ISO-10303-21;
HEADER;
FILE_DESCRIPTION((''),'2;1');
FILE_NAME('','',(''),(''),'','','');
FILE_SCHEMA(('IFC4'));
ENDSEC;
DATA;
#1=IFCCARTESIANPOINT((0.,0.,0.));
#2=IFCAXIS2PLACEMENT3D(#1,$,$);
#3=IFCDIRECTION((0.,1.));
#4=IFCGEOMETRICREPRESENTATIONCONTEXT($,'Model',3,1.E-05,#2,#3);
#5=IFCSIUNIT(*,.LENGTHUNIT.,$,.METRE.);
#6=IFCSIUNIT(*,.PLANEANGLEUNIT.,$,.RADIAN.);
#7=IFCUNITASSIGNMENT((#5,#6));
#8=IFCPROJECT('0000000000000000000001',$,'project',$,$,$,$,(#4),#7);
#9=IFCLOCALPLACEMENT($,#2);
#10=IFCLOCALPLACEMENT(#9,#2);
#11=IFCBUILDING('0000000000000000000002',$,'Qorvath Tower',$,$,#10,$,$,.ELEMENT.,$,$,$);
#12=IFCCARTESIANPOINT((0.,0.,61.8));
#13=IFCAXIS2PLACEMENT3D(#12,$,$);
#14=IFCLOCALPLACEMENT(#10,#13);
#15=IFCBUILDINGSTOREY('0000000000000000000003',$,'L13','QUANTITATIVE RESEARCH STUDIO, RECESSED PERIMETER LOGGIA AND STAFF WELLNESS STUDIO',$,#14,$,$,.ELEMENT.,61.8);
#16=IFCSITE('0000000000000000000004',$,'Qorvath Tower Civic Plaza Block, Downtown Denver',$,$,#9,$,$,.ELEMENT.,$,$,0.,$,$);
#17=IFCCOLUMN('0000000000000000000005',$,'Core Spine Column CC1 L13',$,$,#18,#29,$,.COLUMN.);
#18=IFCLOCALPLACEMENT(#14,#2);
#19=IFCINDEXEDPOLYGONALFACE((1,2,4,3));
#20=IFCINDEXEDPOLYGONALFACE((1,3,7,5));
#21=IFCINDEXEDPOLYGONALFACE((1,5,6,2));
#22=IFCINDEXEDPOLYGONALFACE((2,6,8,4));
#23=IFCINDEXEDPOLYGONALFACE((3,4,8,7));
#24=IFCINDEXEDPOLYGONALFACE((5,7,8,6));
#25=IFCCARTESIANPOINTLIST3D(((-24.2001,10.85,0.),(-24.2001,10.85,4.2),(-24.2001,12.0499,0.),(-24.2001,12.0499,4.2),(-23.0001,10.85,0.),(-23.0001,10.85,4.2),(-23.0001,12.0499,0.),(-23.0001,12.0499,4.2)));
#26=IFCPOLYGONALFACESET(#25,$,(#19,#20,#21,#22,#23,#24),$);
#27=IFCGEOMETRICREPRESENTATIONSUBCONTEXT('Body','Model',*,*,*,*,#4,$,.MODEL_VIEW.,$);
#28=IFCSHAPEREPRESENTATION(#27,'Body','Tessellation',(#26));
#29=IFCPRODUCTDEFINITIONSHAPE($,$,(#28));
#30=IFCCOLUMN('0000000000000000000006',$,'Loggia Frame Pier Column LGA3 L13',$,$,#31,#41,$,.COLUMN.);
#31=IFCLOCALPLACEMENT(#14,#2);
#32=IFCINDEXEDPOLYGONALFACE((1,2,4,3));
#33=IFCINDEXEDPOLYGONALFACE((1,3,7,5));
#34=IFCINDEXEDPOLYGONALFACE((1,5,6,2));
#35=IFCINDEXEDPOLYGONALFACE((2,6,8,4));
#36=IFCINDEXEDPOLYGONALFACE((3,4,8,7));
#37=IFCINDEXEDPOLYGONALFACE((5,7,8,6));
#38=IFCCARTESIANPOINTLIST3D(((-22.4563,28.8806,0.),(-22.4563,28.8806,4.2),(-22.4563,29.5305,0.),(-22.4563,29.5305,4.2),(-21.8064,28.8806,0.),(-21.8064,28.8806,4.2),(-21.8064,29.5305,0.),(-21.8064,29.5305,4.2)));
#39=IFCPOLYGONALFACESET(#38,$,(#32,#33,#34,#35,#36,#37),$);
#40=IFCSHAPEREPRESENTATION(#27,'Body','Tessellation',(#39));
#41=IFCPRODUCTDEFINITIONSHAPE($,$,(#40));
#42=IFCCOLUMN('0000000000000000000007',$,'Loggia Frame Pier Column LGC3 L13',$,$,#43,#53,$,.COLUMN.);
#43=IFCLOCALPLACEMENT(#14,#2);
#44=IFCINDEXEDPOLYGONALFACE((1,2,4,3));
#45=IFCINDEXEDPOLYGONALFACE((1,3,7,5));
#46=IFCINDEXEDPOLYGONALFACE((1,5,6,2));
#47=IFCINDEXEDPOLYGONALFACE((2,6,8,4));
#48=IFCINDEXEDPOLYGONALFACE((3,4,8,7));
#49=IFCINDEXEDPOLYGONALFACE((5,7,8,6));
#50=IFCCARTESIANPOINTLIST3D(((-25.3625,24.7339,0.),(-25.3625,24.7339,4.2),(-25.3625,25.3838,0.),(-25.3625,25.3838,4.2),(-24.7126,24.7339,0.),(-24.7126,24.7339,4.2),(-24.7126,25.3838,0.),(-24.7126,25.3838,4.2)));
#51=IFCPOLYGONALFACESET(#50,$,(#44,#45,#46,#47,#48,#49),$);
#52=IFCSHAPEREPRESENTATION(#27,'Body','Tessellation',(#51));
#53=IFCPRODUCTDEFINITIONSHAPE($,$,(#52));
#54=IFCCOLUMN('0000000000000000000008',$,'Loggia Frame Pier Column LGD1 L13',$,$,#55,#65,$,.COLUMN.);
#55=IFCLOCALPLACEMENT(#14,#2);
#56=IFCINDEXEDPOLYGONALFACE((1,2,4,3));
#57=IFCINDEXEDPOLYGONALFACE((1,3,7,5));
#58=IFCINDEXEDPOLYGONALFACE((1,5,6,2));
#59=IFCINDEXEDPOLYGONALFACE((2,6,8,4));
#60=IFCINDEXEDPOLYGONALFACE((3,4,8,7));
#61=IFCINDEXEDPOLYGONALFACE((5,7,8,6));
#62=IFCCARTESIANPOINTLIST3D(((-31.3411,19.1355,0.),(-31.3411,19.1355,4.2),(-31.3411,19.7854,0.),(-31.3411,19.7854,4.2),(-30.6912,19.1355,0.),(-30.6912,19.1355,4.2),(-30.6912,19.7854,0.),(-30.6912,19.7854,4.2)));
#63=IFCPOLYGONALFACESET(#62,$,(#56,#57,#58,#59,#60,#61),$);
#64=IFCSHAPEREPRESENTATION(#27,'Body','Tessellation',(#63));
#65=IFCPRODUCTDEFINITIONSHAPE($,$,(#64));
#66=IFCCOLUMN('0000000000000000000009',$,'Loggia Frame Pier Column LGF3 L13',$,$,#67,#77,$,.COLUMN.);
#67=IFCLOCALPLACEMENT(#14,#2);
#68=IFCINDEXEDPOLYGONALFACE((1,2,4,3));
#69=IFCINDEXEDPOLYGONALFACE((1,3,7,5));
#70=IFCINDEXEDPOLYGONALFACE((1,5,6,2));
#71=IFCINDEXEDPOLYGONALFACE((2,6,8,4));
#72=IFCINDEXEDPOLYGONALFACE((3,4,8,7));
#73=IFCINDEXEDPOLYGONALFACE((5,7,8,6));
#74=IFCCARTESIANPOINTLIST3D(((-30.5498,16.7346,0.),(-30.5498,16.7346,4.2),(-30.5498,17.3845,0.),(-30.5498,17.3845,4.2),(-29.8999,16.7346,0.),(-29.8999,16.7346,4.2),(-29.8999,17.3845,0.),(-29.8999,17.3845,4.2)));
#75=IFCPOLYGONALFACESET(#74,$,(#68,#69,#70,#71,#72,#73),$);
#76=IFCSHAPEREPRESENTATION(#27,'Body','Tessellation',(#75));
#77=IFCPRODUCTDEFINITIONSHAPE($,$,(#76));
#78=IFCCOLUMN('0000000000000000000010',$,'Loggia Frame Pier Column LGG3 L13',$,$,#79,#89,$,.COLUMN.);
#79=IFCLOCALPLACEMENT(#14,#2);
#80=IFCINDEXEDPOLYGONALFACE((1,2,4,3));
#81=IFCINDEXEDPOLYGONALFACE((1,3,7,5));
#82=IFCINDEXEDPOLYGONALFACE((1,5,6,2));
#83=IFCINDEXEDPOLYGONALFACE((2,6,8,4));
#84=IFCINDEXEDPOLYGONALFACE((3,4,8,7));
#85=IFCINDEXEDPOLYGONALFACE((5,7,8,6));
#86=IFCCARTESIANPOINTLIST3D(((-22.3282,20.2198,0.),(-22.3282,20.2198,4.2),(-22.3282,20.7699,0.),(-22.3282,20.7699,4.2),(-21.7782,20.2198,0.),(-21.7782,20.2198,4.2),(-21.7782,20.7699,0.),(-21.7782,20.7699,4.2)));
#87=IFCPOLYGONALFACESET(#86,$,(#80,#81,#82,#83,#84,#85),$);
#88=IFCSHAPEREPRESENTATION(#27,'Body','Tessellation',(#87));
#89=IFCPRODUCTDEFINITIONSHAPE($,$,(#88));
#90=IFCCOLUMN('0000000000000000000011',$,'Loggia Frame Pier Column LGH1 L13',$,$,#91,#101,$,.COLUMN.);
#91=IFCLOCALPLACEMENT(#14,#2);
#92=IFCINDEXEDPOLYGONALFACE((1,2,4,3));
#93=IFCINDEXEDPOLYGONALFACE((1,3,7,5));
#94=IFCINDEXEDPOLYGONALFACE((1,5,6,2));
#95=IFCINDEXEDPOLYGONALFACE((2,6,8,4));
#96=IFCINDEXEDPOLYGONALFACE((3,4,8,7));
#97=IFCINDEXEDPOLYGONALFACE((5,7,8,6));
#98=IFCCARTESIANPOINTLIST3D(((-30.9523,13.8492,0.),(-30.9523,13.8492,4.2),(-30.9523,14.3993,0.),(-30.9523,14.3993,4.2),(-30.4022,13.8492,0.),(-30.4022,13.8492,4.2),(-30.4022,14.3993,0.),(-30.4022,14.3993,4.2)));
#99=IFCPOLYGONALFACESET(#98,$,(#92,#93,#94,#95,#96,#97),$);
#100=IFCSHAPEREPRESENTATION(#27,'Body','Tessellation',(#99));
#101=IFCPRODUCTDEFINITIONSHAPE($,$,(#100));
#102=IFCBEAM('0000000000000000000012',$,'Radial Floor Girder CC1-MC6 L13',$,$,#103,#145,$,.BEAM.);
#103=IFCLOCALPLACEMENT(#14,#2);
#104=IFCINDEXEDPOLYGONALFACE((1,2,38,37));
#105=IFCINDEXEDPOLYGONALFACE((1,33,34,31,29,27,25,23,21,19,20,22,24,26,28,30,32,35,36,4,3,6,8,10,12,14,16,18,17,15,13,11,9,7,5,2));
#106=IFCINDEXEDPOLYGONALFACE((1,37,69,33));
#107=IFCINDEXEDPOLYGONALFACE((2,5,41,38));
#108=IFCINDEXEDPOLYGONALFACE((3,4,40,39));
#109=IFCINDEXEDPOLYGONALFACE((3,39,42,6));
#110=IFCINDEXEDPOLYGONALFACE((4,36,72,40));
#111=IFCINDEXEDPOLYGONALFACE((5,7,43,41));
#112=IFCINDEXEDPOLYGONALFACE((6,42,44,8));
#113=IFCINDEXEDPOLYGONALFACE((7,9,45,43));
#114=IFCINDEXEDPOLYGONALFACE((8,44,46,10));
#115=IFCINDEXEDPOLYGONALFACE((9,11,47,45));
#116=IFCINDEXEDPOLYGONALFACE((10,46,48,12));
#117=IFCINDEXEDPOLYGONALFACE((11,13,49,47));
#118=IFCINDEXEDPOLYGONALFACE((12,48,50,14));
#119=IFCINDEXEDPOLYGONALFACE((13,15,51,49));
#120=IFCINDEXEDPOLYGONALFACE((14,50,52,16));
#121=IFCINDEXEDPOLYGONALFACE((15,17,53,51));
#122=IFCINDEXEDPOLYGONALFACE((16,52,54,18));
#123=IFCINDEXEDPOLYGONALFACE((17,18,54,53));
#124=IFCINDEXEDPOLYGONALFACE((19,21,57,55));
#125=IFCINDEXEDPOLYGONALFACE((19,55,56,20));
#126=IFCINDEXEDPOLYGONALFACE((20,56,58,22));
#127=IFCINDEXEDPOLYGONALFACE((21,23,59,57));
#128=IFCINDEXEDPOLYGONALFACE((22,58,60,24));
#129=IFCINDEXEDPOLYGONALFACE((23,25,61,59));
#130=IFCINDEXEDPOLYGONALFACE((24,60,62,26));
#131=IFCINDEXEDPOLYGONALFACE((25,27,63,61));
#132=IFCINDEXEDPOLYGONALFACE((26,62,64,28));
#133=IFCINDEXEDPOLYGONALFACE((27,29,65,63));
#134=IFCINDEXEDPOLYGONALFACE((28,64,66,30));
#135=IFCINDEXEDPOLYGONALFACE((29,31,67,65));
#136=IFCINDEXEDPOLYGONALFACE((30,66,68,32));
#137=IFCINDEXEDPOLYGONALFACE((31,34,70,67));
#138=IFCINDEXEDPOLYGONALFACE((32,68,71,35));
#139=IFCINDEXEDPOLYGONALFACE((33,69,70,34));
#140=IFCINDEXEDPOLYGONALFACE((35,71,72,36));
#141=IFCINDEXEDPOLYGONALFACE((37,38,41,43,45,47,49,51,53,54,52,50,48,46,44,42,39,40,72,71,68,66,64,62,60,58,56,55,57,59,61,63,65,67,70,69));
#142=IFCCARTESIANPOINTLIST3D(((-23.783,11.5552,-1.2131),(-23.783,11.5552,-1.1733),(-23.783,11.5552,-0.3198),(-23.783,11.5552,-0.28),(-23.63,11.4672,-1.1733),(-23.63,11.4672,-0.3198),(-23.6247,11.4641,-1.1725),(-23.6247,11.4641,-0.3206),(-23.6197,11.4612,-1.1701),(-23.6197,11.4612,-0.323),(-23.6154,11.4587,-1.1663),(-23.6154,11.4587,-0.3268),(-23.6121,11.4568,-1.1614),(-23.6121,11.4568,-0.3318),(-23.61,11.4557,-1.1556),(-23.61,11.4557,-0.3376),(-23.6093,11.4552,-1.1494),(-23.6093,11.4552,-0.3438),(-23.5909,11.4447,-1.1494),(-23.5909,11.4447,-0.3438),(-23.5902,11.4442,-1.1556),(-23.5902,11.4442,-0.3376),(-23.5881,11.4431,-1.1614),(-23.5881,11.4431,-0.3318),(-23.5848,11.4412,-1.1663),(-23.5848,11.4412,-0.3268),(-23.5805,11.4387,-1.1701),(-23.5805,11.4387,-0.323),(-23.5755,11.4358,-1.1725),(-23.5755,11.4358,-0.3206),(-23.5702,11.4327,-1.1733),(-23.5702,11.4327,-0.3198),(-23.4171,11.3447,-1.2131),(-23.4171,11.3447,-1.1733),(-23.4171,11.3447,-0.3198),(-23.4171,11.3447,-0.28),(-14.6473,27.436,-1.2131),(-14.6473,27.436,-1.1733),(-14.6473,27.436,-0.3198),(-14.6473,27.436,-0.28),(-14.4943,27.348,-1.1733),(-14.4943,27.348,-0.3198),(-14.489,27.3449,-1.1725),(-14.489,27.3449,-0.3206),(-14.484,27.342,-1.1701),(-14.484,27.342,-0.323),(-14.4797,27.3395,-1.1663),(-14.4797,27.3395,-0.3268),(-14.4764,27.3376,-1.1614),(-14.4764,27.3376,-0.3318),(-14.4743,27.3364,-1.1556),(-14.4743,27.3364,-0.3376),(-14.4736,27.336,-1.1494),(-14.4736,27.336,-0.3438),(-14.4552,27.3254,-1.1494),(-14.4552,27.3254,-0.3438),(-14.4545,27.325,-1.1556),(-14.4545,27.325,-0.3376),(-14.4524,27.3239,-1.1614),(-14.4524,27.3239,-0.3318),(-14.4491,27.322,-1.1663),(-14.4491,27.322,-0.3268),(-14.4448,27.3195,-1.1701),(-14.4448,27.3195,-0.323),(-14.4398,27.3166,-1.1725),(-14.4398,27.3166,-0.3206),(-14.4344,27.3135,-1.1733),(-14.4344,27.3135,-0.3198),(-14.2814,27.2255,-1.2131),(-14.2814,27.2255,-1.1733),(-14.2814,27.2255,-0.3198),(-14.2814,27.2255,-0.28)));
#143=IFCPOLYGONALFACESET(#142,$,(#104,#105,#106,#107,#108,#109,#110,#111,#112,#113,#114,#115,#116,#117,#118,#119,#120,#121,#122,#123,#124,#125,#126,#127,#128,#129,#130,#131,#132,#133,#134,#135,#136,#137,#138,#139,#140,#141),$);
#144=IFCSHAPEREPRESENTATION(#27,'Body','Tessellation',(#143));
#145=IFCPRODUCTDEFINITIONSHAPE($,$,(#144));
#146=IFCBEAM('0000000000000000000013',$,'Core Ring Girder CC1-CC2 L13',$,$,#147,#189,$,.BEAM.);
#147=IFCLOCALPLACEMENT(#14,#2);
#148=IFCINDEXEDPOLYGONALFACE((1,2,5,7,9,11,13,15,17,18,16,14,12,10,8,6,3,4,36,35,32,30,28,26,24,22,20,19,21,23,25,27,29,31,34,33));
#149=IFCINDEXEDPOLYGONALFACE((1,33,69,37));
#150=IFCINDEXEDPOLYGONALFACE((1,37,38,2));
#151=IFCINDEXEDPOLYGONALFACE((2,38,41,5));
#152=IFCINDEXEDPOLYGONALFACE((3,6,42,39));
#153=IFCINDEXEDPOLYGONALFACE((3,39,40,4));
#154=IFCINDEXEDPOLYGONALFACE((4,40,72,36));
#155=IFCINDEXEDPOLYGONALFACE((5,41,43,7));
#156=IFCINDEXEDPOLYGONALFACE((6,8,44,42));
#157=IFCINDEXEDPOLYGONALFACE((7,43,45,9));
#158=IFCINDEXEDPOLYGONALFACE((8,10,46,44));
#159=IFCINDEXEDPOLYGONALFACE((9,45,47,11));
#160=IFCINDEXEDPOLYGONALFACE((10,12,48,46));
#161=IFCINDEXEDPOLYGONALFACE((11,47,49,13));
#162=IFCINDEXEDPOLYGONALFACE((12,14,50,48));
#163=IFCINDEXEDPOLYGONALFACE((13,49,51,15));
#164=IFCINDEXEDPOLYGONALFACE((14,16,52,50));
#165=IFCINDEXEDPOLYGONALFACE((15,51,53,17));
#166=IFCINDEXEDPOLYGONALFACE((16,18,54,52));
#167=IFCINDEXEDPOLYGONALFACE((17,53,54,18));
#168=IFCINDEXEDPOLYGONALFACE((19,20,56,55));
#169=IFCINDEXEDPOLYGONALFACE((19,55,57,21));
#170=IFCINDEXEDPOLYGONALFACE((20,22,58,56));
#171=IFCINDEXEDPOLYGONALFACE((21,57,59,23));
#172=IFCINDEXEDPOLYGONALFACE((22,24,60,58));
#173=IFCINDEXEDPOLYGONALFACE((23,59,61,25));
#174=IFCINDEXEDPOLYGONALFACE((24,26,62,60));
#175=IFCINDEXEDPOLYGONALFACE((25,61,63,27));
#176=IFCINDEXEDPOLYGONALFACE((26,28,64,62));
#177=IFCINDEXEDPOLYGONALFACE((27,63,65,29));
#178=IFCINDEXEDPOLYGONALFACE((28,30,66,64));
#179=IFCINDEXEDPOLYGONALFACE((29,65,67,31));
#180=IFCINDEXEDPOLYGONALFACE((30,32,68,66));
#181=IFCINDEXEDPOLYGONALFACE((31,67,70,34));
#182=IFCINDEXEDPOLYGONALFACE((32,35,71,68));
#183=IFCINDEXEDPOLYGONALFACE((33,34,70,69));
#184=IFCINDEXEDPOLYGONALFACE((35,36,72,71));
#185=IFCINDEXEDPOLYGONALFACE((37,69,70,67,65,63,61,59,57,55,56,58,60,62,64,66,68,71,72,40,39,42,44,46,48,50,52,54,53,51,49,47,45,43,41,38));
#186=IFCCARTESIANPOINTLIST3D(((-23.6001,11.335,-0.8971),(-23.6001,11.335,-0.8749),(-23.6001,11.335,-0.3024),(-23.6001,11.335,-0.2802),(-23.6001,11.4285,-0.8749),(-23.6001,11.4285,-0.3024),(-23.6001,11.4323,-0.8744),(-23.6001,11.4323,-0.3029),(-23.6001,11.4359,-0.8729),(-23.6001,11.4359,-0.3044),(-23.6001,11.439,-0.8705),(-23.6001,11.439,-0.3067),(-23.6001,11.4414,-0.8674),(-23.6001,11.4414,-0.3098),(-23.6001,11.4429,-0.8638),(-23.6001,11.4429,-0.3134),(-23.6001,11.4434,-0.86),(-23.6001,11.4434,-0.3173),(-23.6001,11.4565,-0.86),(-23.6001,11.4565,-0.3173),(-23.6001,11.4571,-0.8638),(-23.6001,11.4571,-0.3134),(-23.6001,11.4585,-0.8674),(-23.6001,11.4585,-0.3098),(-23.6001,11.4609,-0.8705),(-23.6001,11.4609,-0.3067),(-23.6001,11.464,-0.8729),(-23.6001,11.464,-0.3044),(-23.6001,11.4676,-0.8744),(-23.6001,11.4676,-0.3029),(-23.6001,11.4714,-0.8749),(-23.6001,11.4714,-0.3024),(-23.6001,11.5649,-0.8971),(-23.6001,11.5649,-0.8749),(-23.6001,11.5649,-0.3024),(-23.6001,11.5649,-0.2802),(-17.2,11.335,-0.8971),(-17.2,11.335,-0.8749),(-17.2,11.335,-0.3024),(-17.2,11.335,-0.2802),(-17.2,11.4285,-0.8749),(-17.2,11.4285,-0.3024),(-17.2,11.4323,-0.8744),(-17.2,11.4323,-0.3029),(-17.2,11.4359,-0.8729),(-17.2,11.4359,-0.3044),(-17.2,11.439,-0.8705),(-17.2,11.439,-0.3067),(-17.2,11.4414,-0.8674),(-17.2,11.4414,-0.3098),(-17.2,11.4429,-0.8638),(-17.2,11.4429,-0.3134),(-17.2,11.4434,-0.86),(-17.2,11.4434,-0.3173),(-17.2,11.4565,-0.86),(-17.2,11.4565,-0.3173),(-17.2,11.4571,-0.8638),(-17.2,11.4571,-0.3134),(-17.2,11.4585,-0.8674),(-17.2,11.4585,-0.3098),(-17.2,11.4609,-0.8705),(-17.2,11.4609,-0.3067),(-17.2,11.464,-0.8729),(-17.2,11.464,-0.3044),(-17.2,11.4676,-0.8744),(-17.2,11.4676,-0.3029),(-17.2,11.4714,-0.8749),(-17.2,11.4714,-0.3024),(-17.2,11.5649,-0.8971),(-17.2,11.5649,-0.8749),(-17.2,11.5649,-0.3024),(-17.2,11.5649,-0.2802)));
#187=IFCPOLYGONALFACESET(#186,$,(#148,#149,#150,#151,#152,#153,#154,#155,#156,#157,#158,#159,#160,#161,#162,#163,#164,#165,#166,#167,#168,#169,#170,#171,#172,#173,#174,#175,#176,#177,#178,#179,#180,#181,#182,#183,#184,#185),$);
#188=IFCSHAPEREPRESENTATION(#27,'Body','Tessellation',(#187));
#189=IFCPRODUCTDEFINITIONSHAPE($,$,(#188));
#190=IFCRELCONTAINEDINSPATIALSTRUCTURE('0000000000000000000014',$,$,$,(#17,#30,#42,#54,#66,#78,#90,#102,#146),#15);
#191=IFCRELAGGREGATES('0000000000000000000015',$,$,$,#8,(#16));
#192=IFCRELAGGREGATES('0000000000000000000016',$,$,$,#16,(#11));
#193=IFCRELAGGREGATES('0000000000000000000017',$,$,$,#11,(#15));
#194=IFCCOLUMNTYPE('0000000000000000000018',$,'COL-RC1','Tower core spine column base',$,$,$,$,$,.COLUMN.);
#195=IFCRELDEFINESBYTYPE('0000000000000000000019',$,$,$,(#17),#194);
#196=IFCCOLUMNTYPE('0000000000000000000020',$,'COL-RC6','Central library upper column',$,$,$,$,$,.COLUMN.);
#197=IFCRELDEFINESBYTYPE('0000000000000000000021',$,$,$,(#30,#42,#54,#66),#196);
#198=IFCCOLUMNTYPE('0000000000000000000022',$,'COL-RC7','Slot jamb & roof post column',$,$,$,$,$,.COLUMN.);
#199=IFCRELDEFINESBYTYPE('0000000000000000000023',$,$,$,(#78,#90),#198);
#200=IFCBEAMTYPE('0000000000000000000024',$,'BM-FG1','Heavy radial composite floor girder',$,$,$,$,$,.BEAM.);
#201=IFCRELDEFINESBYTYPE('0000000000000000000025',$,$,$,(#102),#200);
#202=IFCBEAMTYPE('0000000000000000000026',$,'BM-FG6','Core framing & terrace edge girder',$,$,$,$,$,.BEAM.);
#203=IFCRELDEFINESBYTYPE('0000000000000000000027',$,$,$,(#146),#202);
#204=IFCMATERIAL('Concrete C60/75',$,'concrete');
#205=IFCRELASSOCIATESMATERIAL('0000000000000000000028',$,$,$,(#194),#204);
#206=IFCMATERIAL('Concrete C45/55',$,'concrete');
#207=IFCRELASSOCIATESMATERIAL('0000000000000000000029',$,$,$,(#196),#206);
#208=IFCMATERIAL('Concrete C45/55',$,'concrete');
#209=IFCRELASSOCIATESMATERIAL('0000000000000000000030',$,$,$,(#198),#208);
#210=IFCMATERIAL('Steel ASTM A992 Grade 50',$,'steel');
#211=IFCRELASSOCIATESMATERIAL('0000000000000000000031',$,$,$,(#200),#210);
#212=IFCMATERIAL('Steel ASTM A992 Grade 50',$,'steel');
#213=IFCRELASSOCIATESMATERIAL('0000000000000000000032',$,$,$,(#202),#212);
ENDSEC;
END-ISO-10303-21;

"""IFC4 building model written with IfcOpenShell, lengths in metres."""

from ifc_helpers import new_model, si_unit, direction, frame, origin, origin_2d, place, context, subcontext, project, spatial, rectangle, i_section, extrude, material, material_profile, profile_set, type_object, element, save


model = new_model("IFC4")

# Units and contexts
model_context = context("Model", 3, precision=1e-05, world=origin(), true_north=direction((0.0, 1.0)))
body_context = subcontext(model_context, "Body", "Model", "MODEL_VIEW")
ifc_project = project(units=[si_unit("LENGTHUNIT", "METRE"), si_unit("PLANEANGLEUNIT", "RADIAN")], contexts=[model_context])

# Site, building, storey
site_placement = place(None, origin())
site = spatial("IfcSite", under=ifc_project, at=site_placement, Name="Qorvath Tower Civic Plaza Block, Downtown Denver", CompositionType="ELEMENT", RefElevation=0.0)
building_placement = place(site_placement, origin())
building = spatial("IfcBuilding", under=site, at=building_placement, Name="Qorvath Tower", CompositionType="ELEMENT")
storey_placement = place(building_placement, frame((0.0, 0.0, 61.8)))
storey = spatial("IfcBuildingStorey", under=building, at=storey_placement, Name="L13", Description="QUANTITATIVE RESEARCH STUDIO, RECESSED PERIMETER LOGGIA AND STAFF WELLNESS STUDIO", CompositionType="ELEMENT", Elevation=61.8)

# Columns
ifc_material_1 = material(Name="Concrete C60/75", Category="concrete")
ifc_material_profile_1 = material_profile(ifc_material_1, rectangle(XDim=1.2, YDim=1.2, at=origin_2d()), Name="RC 1200x1200")
ifc_profile_set_1 = profile_set([ifc_material_profile_1], Name="Concrete C60/75")
column_type_1 = type_object("IfcColumnType", Name="COL-RC1", Description="Tower core spine column base", PredefinedType="COLUMN", material=ifc_profile_set_1)
column_placement = place(storey_placement, frame((-23.6001, 11.45, 0.0), z_axis=(0.0, 0.0, 1.0), x_axis=(1.0, 0.0, 0.0)))
element("IfcColumn", 1, at=column_placement, inside=storey, type_object=column_type_1, Name="Core Spine Column CC1 L13", PredefinedType="COLUMN", context=body_context, shape_type="SweptSolid", body=[
    extrude(rectangle(XDim=1.2, YDim=1.2, at=origin_2d()), origin(), (0.0, 0.0, 1.0), 4.2),
])
ifc_material_2 = material(Name="Concrete C45/55", Category="concrete")
ifc_material_profile_2 = material_profile(ifc_material_2, rectangle(XDim=0.6499, YDim=0.6499, at=origin_2d()), Name="RC 650x650")
ifc_profile_set_2 = profile_set([ifc_material_profile_2], Name="Concrete C45/55")
column_type_2 = type_object("IfcColumnType", Name="COL-RC6", Description="Central library upper column", PredefinedType="COLUMN", material=ifc_profile_set_2)
for number, where, z_axis, x_axis, name in (
    (2, (-22.1313, 29.2056, 0.0), (0.0, 0.0, 1.0), (1.0, 0.0, 0.0), "Loggia Frame Pier Column LGA3 L13"),
    (3, (-25.0376, 25.0588, 0.0), (0.0, 0.0, 1.0), (1.0, 0.0, 0.0), "Loggia Frame Pier Column LGC3 L13"),
    (4, (-31.0161, 19.4604, 0.0), (0.0, 0.0, 1.0), (1.0, 0.0, 0.0), "Loggia Frame Pier Column LGD1 L13"),
    (5, (-30.2249, 17.0596, 0.0), (0.0, 0.0, 1.0), (1.0, 0.0, 0.0), "Loggia Frame Pier Column LGF3 L13"),
):
    element("IfcColumn", number, at=place(storey_placement, frame(where, z_axis=z_axis, x_axis=x_axis)), inside=storey, type_object=column_type_2, Name=name, PredefinedType="COLUMN", context=body_context, shape_type="SweptSolid", body=[
        extrude(rectangle(XDim=0.6499, YDim=0.6499, at=origin_2d()), origin(), (0.0, 0.0, 1.0), 4.2),
    ])
ifc_material_3 = material(Name="Concrete C45/55", Category="concrete")
ifc_material_profile_3 = material_profile(ifc_material_3, rectangle(XDim=0.55, YDim=0.55, at=origin_2d()), Name="RC 550x550")
ifc_profile_set_3 = profile_set([ifc_material_profile_3], Name="Concrete C45/55")
column_type_3 = type_object("IfcColumnType", Name="COL-RC7", Description="Slot jamb & roof post column", PredefinedType="COLUMN", material=ifc_profile_set_3)
for number, where, z_axis, x_axis, name in (
    (6, (-22.0532, 20.4949, 0.0), (0.0, 0.0, 1.0), (1.0, 0.0, 0.0), "Loggia Frame Pier Column LGG3 L13"),
    (7, (-30.6772, 14.1243, 0.0), (0.0, 0.0, 1.0), (1.0, 0.0, 0.0), "Loggia Frame Pier Column LGH1 L13"),
):
    element("IfcColumn", number, at=place(storey_placement, frame(where, z_axis=z_axis, x_axis=x_axis)), inside=storey, type_object=column_type_3, Name=name, PredefinedType="COLUMN", context=body_context, shape_type="SweptSolid", body=[
        extrude(rectangle(XDim=0.55, YDim=0.55, at=origin_2d()), origin(), (0.0, 0.0, 1.0), 4.2),
    ])

# Beams
ifc_material_4 = material(Name="Steel ASTM A992 Grade 50", Category="steel")
ifc_material_profile_4 = material_profile(ifc_material_4, i_section(OverallWidth=0.4221, OverallDepth=0.9331, WebThickness=0.0212, FlangeThickness=0.0398, FilletRadius=0.0239, at=origin_2d()), Name="W36x262")
ifc_profile_set_4 = profile_set([ifc_material_profile_4], Name="Steel ASTM A992 Grade 50")
beam_type_1 = type_object("IfcBeamType", Name="BM-FG1", Description="Heavy radial composite floor girder", PredefinedType="BEAM", material=ifc_profile_set_4)
beam_1_placement = place(storey_placement, frame((-23.6001, 11.45, -0.7466), z_axis=(0.498645, 0.866806, 0.0), x_axis=(-0.866806, 0.498645, 0.0)))
element("IfcBeam", 8, at=beam_1_placement, inside=storey, type_object=beam_type_1, Name="Radial Floor Girder CC1-MC6 L13", PredefinedType="BEAM", context=body_context, shape_type="SweptSolid", body=[
    extrude(i_section(OverallWidth=0.4221, OverallDepth=0.9331, WebThickness=0.0212, FlangeThickness=0.0398, FilletRadius=0.0239, at=origin_2d()), origin(), (0.0, 0.0, 1.0), 18.321),
])
ifc_material_5 = material(Name="Steel ASTM A992 Grade 50", Category="steel")
ifc_material_profile_5 = material_profile(ifc_material_5, i_section(OverallWidth=0.23, OverallDepth=0.6169, WebThickness=0.0132, FlangeThickness=0.0222, FilletRadius=0.0149, at=origin_2d()), Name="W24x94")
ifc_profile_set_5 = profile_set([ifc_material_profile_5], Name="Steel ASTM A992 Grade 50")
beam_type_2 = type_object("IfcBeamType", Name="BM-FG6", Description="Core framing & terrace edge girder", PredefinedType="BEAM", material=ifc_profile_set_5)
beam_2_placement = place(storey_placement, frame((-23.6001, 11.45, -0.5886), z_axis=(1.0, 0.0, 0.0), x_axis=(0.0, 1.0, 0.0)))
element("IfcBeam", 9, at=beam_2_placement, inside=storey, type_object=beam_type_2, Name="Core Ring Girder CC1-CC2 L13", PredefinedType="BEAM", context=body_context, shape_type="SweptSolid", body=[
    extrude(i_section(OverallWidth=0.23, OverallDepth=0.6169, WebThickness=0.0132, FlangeThickness=0.0222, FilletRadius=0.0149, at=origin_2d()), origin(), (0.0, 0.0, 1.0), 6.4001),
])

save(model, "model.ifc")
